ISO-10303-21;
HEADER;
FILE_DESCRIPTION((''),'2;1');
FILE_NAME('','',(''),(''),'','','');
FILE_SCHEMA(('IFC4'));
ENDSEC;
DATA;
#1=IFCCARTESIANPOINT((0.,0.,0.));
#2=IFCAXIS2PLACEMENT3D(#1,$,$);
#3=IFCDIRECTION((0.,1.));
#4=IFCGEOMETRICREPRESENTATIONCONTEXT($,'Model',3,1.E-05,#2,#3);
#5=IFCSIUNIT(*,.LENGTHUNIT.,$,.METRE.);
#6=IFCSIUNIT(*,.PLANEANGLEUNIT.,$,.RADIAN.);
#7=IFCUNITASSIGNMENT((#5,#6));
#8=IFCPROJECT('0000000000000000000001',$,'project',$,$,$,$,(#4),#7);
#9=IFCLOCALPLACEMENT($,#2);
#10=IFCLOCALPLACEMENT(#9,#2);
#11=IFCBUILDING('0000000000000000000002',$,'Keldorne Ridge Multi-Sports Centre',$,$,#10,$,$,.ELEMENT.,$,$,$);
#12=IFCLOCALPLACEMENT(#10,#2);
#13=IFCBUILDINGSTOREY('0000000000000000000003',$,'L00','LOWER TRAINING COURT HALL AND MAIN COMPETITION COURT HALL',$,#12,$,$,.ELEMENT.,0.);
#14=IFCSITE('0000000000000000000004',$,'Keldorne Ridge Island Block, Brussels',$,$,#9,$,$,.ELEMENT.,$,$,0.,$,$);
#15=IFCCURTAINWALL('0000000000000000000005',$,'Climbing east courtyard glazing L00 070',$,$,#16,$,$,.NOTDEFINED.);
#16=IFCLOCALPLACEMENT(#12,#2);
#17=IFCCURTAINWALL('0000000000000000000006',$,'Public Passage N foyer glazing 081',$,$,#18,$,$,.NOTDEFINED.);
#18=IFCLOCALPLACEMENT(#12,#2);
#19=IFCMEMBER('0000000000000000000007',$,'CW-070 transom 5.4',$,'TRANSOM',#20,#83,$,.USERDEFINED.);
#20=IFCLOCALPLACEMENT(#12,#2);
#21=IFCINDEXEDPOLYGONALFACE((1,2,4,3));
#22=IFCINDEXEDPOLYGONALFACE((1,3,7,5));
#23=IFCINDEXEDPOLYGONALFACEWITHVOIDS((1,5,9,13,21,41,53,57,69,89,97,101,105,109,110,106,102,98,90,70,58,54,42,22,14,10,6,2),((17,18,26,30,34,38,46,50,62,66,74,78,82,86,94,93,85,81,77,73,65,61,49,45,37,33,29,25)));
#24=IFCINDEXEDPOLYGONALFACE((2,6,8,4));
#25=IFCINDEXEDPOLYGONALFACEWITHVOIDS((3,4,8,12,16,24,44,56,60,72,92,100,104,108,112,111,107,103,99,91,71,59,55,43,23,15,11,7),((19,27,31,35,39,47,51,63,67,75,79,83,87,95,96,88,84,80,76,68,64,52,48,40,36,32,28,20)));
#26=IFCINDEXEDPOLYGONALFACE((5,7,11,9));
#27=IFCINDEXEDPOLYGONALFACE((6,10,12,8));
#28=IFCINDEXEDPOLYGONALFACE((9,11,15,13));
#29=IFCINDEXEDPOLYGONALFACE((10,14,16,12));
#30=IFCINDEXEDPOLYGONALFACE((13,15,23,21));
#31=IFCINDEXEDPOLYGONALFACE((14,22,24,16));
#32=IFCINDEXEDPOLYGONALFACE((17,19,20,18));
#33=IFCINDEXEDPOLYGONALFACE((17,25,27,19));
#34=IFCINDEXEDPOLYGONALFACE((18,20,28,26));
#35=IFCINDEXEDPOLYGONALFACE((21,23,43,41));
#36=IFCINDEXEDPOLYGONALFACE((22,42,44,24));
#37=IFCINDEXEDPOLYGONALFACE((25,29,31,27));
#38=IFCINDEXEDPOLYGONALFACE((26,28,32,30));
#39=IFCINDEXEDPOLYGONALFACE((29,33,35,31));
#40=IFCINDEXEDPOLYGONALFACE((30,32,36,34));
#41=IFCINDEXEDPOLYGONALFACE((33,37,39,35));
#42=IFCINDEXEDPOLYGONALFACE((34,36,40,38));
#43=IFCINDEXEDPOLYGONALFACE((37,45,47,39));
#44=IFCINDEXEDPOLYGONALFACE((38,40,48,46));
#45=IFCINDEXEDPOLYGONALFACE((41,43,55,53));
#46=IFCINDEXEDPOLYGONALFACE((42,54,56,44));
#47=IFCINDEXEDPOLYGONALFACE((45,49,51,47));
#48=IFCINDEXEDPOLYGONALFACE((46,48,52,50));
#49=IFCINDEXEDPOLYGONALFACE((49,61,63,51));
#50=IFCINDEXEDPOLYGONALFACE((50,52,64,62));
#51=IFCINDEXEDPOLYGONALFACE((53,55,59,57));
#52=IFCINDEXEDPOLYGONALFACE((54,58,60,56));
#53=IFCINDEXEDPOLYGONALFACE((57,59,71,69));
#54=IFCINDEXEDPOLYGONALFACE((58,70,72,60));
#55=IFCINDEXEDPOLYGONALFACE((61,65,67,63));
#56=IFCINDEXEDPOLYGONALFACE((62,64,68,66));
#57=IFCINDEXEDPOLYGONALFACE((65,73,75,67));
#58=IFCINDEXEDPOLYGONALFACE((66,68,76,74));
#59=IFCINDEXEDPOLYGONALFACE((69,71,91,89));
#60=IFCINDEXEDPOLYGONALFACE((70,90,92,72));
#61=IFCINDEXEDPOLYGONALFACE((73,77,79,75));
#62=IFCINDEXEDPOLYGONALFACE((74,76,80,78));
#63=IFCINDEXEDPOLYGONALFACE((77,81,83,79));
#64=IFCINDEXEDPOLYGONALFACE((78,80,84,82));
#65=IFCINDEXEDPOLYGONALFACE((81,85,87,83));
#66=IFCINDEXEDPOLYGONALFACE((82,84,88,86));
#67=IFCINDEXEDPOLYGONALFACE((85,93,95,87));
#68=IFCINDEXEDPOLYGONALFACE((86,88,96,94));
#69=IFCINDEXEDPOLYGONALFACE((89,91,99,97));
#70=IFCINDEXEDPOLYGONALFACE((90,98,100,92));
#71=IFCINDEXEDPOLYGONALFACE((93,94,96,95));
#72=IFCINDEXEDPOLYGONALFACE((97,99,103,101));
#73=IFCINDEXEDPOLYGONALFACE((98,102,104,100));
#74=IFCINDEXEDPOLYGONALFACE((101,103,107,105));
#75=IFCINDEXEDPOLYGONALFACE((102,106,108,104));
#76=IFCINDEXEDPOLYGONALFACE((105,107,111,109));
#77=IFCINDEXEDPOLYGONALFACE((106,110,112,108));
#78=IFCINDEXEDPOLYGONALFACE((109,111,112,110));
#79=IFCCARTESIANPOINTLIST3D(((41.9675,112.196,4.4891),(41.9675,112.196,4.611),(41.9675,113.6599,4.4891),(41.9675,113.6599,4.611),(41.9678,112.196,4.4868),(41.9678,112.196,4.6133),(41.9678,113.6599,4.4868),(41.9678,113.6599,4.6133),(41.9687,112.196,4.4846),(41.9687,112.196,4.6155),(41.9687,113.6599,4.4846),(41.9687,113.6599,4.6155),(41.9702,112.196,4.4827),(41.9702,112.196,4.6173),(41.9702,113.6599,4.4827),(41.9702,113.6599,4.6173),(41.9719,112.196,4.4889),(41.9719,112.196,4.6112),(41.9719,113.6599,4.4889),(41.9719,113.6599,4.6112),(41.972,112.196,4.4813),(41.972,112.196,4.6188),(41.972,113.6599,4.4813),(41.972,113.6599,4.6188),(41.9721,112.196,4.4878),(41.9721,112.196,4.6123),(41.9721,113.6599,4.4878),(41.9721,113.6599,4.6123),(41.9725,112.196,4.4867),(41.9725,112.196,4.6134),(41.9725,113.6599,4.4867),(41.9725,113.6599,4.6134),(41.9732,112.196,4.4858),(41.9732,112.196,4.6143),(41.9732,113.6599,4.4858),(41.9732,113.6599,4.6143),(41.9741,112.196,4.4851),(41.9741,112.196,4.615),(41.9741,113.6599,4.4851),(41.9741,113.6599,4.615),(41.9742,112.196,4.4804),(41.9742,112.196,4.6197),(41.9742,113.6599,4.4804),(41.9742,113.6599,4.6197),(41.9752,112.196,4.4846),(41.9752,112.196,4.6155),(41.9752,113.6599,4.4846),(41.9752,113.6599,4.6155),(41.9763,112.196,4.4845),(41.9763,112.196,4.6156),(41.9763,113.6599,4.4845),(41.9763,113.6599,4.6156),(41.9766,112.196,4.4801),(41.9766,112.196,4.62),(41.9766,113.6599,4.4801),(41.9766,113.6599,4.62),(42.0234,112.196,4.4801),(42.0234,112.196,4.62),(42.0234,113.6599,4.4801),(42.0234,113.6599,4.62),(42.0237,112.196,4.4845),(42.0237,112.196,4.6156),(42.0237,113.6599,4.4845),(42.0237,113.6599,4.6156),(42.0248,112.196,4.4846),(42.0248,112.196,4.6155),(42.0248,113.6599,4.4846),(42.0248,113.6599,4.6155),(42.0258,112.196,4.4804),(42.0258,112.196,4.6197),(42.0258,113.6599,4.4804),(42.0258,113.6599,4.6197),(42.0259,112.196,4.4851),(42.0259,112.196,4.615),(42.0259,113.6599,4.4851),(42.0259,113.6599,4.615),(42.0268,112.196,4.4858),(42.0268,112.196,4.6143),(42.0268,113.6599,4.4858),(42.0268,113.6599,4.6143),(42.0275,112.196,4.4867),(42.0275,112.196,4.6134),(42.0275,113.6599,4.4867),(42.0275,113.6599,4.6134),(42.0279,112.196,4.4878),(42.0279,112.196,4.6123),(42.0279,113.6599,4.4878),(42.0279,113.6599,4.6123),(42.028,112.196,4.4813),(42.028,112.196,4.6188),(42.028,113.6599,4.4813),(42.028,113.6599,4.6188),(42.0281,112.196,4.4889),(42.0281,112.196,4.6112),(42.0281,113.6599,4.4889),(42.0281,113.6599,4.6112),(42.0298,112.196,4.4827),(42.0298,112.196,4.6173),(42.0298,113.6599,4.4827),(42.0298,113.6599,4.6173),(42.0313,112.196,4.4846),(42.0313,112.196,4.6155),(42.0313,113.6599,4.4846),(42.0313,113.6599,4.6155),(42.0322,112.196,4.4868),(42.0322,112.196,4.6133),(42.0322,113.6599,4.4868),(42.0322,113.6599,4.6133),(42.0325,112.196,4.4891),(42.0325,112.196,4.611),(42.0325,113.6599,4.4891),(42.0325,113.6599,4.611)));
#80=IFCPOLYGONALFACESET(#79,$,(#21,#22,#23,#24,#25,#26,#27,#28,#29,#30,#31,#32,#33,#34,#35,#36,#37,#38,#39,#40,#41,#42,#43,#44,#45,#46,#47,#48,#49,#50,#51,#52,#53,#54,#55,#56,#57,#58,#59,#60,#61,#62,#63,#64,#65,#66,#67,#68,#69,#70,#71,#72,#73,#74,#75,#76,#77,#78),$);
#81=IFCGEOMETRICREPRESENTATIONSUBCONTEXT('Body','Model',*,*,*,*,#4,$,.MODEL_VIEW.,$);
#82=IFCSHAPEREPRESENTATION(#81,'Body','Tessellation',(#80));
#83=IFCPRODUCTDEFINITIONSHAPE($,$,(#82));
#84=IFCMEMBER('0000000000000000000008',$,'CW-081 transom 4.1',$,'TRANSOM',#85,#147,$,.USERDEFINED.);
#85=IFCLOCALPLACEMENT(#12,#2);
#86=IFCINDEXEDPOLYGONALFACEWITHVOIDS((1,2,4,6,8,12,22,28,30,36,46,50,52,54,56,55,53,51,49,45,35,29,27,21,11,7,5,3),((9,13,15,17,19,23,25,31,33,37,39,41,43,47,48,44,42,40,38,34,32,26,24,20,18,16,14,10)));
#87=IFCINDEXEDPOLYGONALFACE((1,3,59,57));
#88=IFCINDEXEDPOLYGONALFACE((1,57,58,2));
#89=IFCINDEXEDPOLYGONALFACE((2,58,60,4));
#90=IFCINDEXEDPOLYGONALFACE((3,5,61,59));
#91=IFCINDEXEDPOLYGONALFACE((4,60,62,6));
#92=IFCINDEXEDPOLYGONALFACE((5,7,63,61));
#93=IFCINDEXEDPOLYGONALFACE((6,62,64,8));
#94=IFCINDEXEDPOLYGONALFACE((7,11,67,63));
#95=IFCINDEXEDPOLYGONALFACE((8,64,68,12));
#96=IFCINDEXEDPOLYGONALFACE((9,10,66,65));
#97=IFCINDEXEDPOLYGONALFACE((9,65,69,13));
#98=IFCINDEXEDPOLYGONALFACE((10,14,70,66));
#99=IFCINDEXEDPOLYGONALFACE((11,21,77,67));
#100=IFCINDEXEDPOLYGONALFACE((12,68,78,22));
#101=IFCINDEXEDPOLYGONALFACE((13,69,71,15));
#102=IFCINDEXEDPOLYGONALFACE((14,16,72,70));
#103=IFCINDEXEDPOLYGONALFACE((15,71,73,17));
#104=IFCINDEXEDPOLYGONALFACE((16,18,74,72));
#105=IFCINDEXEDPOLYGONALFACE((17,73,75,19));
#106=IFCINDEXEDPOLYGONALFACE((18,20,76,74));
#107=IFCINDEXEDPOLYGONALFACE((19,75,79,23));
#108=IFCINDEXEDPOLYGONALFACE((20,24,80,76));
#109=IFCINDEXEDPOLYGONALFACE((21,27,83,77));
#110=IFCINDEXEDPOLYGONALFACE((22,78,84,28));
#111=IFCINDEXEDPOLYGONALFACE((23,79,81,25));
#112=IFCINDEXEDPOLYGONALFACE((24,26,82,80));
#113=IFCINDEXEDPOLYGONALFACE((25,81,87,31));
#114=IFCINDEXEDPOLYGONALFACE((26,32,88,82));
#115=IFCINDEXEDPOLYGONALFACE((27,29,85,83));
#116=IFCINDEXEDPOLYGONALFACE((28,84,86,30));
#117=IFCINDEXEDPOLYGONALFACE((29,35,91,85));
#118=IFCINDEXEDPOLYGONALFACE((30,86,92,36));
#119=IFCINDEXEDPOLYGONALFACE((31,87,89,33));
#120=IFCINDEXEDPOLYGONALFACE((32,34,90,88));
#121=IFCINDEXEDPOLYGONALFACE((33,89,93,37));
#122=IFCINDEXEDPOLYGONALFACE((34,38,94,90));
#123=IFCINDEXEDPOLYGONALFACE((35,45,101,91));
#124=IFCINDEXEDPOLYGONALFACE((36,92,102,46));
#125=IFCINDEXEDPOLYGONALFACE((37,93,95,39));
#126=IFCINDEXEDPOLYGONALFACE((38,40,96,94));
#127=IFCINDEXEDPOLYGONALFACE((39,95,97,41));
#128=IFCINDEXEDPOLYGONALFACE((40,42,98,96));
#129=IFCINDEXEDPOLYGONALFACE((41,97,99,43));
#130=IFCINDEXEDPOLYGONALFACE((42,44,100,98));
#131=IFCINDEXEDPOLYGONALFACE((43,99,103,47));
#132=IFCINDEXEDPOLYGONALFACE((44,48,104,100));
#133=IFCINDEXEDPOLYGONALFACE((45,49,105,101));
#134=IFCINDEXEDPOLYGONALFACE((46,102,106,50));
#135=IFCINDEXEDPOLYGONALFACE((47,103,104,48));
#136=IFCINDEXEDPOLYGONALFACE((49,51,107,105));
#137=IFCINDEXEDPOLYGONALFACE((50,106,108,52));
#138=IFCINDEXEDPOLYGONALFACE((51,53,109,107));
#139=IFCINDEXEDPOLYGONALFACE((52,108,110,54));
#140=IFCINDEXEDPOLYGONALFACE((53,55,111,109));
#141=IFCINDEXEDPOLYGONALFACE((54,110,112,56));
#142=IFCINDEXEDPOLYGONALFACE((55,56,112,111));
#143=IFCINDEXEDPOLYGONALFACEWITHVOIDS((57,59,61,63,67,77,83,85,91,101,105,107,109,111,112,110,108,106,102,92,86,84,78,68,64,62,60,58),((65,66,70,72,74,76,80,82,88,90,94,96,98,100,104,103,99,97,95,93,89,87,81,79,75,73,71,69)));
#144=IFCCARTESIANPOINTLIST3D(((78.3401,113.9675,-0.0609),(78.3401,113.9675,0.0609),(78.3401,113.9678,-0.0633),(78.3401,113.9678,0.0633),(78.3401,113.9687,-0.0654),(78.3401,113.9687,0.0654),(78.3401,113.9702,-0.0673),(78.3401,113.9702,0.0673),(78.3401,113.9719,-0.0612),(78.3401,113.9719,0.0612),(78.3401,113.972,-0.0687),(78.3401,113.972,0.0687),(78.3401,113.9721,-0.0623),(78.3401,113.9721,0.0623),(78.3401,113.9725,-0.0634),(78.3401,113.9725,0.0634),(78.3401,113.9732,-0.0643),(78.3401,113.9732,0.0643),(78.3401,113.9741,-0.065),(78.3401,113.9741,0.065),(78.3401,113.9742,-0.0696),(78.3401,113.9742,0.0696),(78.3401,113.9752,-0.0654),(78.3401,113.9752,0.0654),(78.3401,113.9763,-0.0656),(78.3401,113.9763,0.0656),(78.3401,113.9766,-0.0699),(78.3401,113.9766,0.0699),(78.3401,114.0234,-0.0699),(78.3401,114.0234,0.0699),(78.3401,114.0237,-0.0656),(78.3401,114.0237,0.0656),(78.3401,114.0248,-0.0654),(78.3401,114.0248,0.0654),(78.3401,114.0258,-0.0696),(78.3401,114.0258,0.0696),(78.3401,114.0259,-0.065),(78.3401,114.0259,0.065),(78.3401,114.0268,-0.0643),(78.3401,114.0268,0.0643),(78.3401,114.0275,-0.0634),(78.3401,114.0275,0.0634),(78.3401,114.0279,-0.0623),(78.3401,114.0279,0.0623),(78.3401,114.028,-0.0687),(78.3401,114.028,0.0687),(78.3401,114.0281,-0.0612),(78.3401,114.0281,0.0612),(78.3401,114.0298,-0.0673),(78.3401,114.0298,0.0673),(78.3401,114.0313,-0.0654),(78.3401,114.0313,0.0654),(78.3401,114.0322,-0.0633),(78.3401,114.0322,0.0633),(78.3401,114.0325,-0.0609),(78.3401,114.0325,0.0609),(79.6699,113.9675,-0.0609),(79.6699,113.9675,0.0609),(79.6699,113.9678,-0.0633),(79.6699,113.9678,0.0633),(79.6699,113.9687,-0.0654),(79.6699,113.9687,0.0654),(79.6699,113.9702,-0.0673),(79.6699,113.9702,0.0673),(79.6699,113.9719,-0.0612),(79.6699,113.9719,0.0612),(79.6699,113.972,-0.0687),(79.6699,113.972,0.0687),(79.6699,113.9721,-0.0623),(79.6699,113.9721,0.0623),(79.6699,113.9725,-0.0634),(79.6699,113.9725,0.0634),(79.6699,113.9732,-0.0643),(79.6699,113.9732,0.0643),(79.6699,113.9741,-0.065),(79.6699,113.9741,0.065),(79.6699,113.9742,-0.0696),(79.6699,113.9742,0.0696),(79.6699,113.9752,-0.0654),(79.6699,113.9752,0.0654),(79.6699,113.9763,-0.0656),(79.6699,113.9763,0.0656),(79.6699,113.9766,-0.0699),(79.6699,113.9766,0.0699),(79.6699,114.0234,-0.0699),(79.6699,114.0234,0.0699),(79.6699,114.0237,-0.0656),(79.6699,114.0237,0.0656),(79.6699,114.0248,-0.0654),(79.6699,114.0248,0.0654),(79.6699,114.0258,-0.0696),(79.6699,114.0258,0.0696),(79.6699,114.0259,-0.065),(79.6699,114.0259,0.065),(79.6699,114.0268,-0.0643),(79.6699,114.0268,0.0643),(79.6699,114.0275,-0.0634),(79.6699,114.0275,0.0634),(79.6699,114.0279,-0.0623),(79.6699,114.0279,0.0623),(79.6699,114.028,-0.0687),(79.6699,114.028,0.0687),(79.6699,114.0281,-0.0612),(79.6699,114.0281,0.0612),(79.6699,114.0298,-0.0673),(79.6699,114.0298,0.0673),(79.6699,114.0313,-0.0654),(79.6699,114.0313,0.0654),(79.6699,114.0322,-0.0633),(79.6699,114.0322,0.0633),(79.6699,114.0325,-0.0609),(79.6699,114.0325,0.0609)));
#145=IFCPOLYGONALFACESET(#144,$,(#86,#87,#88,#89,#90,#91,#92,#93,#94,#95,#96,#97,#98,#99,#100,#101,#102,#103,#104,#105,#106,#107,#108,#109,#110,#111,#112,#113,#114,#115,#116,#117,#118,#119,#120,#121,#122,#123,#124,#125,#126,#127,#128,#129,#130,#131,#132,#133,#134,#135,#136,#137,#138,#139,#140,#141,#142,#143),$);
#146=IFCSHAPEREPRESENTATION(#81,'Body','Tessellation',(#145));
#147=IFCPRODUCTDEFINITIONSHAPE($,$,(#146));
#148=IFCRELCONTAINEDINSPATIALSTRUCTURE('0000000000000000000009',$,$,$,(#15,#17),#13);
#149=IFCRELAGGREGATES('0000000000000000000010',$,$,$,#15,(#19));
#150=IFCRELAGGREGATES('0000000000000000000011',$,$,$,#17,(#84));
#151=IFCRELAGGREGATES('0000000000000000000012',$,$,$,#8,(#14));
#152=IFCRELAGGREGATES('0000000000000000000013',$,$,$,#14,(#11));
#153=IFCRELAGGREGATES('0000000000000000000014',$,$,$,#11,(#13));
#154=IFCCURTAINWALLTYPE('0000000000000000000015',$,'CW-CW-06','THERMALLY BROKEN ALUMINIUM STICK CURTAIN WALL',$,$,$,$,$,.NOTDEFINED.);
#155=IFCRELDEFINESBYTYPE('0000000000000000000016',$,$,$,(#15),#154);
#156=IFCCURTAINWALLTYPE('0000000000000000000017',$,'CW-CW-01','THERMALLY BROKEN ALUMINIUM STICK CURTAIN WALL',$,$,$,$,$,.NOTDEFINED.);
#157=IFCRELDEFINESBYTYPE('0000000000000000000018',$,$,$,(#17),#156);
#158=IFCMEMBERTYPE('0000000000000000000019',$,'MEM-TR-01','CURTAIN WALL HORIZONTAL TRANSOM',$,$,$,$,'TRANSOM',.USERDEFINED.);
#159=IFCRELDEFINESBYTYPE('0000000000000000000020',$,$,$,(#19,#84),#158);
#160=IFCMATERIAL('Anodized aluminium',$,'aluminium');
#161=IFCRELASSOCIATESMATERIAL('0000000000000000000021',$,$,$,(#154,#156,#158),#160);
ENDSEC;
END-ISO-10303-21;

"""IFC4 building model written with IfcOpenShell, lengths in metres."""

from ifc_helpers import new_model, si_unit, direction, frame, origin, origin_2d, place, context, subcontext, project, spatial, hollow_rectangle, extrude, material, material_profile, profile_set, type_object, element, aggregate, save


model = new_model("IFC4")

# Units and contexts
model_context = context("Model", 3, precision=1e-05, world=origin(), true_north=direction((0.0, 1.0)))
body_context = subcontext(model_context, "Body", "Model", "MODEL_VIEW")
ifc_project = project(units=[si_unit("LENGTHUNIT", "METRE"), si_unit("PLANEANGLEUNIT", "RADIAN")], contexts=[model_context])

# Site, building, storey
site_placement = place(None, origin())
site = spatial("IfcSite", under=ifc_project, at=site_placement, Name="Keldorne Ridge Island Block, Brussels", CompositionType="ELEMENT", RefElevation=0.0)
building_placement = place(site_placement, origin())
building = spatial("IfcBuilding", under=site, at=building_placement, Name="Keldorne Ridge Multi-Sports Centre", CompositionType="ELEMENT")
storey_placement = place(building_placement, origin())
storey = spatial("IfcBuildingStorey", under=building, at=storey_placement, Name="L00", Description="LOWER TRAINING COURT HALL AND MAIN COMPETITION COURT HALL", CompositionType="ELEMENT", Elevation=0.0)

# Curtain walls
ifc_material_1 = material(Name="Anodized aluminium", Category="aluminium")
curtain_wall_type_1 = type_object("IfcCurtainWallType", Name="CW-CW-06", Description="THERMALLY BROKEN ALUMINIUM STICK CURTAIN WALL", PredefinedType="NOTDEFINED", material=ifc_material_1)
curtain_wall_1_placement = place(storey_placement, origin())
curtain_wall_1 = element("IfcCurtainWall", 1, at=curtain_wall_1_placement, inside=storey, type_object=curtain_wall_type_1, Name="Climbing east courtyard glazing L00 070", PredefinedType="NOTDEFINED")
curtain_wall_type_2 = type_object("IfcCurtainWallType", Name="CW-CW-01", Description="THERMALLY BROKEN ALUMINIUM STICK CURTAIN WALL", PredefinedType="NOTDEFINED", material=ifc_material_1)
curtain_wall_2_placement = place(storey_placement, origin())
curtain_wall_2 = element("IfcCurtainWall", 2, at=curtain_wall_2_placement, inside=storey, type_object=curtain_wall_type_2, Name="Public Passage N foyer glazing 081", PredefinedType="NOTDEFINED")

# Members
ifc_material_profile_1 = material_profile(ifc_material_1, hollow_rectangle(XDim=0.0649, YDim=0.1399, WallThickness=0.0044, InnerFilletRadius=0.0044, OuterFilletRadius=0.009, at=origin_2d()), Name="ALU TRANSOM 140x65x4.5")
ifc_profile_set_1 = profile_set([ifc_material_profile_1], Name="Anodized aluminium")
member_type_1 = type_object("IfcMemberType", Name="MEM-TR-01", Description="CURTAIN WALL HORIZONTAL TRANSOM", ElementType="TRANSOM", PredefinedType="USERDEFINED", material=ifc_profile_set_1)
member_1_placement = place(storey_placement, frame((42.0, 112.196, 4.55), z_axis=(0.0, 1.0, 0.0), x_axis=(-1.0, 0.0, 0.0)))
member_1 = element("IfcMember", 3, at=member_1_placement, type_object=member_type_1, Name="CW-070 transom 5.4", ObjectType="TRANSOM", PredefinedType="USERDEFINED", context=body_context, shape_type="SweptSolid", body=[
    extrude(hollow_rectangle(XDim=0.0649, YDim=0.1399, WallThickness=0.0044, InnerFilletRadius=0.0044, OuterFilletRadius=0.009, at=origin_2d()), origin(), (0.0, 0.0, 1.0), 1.4639),
])
member_2_placement = place(storey_placement, frame((79.6699, 114.0, 0.0), z_axis=(-1.0, 0.0, 0.0), x_axis=(0.0, -1.0, 0.0)))
member_2 = element("IfcMember", 4, at=member_2_placement, type_object=member_type_1, Name="CW-081 transom 4.1", ObjectType="TRANSOM", PredefinedType="USERDEFINED", context=body_context, shape_type="SweptSolid", body=[
    extrude(hollow_rectangle(XDim=0.0649, YDim=0.1399, WallThickness=0.0044, InnerFilletRadius=0.0044, OuterFilletRadius=0.009, at=origin_2d()), origin(), (0.0, 0.0, 1.0), 1.3298),
])

aggregate(curtain_wall_1, [member_1])
aggregate(curtain_wall_2, [member_2])

save(model, "model.ifc")
